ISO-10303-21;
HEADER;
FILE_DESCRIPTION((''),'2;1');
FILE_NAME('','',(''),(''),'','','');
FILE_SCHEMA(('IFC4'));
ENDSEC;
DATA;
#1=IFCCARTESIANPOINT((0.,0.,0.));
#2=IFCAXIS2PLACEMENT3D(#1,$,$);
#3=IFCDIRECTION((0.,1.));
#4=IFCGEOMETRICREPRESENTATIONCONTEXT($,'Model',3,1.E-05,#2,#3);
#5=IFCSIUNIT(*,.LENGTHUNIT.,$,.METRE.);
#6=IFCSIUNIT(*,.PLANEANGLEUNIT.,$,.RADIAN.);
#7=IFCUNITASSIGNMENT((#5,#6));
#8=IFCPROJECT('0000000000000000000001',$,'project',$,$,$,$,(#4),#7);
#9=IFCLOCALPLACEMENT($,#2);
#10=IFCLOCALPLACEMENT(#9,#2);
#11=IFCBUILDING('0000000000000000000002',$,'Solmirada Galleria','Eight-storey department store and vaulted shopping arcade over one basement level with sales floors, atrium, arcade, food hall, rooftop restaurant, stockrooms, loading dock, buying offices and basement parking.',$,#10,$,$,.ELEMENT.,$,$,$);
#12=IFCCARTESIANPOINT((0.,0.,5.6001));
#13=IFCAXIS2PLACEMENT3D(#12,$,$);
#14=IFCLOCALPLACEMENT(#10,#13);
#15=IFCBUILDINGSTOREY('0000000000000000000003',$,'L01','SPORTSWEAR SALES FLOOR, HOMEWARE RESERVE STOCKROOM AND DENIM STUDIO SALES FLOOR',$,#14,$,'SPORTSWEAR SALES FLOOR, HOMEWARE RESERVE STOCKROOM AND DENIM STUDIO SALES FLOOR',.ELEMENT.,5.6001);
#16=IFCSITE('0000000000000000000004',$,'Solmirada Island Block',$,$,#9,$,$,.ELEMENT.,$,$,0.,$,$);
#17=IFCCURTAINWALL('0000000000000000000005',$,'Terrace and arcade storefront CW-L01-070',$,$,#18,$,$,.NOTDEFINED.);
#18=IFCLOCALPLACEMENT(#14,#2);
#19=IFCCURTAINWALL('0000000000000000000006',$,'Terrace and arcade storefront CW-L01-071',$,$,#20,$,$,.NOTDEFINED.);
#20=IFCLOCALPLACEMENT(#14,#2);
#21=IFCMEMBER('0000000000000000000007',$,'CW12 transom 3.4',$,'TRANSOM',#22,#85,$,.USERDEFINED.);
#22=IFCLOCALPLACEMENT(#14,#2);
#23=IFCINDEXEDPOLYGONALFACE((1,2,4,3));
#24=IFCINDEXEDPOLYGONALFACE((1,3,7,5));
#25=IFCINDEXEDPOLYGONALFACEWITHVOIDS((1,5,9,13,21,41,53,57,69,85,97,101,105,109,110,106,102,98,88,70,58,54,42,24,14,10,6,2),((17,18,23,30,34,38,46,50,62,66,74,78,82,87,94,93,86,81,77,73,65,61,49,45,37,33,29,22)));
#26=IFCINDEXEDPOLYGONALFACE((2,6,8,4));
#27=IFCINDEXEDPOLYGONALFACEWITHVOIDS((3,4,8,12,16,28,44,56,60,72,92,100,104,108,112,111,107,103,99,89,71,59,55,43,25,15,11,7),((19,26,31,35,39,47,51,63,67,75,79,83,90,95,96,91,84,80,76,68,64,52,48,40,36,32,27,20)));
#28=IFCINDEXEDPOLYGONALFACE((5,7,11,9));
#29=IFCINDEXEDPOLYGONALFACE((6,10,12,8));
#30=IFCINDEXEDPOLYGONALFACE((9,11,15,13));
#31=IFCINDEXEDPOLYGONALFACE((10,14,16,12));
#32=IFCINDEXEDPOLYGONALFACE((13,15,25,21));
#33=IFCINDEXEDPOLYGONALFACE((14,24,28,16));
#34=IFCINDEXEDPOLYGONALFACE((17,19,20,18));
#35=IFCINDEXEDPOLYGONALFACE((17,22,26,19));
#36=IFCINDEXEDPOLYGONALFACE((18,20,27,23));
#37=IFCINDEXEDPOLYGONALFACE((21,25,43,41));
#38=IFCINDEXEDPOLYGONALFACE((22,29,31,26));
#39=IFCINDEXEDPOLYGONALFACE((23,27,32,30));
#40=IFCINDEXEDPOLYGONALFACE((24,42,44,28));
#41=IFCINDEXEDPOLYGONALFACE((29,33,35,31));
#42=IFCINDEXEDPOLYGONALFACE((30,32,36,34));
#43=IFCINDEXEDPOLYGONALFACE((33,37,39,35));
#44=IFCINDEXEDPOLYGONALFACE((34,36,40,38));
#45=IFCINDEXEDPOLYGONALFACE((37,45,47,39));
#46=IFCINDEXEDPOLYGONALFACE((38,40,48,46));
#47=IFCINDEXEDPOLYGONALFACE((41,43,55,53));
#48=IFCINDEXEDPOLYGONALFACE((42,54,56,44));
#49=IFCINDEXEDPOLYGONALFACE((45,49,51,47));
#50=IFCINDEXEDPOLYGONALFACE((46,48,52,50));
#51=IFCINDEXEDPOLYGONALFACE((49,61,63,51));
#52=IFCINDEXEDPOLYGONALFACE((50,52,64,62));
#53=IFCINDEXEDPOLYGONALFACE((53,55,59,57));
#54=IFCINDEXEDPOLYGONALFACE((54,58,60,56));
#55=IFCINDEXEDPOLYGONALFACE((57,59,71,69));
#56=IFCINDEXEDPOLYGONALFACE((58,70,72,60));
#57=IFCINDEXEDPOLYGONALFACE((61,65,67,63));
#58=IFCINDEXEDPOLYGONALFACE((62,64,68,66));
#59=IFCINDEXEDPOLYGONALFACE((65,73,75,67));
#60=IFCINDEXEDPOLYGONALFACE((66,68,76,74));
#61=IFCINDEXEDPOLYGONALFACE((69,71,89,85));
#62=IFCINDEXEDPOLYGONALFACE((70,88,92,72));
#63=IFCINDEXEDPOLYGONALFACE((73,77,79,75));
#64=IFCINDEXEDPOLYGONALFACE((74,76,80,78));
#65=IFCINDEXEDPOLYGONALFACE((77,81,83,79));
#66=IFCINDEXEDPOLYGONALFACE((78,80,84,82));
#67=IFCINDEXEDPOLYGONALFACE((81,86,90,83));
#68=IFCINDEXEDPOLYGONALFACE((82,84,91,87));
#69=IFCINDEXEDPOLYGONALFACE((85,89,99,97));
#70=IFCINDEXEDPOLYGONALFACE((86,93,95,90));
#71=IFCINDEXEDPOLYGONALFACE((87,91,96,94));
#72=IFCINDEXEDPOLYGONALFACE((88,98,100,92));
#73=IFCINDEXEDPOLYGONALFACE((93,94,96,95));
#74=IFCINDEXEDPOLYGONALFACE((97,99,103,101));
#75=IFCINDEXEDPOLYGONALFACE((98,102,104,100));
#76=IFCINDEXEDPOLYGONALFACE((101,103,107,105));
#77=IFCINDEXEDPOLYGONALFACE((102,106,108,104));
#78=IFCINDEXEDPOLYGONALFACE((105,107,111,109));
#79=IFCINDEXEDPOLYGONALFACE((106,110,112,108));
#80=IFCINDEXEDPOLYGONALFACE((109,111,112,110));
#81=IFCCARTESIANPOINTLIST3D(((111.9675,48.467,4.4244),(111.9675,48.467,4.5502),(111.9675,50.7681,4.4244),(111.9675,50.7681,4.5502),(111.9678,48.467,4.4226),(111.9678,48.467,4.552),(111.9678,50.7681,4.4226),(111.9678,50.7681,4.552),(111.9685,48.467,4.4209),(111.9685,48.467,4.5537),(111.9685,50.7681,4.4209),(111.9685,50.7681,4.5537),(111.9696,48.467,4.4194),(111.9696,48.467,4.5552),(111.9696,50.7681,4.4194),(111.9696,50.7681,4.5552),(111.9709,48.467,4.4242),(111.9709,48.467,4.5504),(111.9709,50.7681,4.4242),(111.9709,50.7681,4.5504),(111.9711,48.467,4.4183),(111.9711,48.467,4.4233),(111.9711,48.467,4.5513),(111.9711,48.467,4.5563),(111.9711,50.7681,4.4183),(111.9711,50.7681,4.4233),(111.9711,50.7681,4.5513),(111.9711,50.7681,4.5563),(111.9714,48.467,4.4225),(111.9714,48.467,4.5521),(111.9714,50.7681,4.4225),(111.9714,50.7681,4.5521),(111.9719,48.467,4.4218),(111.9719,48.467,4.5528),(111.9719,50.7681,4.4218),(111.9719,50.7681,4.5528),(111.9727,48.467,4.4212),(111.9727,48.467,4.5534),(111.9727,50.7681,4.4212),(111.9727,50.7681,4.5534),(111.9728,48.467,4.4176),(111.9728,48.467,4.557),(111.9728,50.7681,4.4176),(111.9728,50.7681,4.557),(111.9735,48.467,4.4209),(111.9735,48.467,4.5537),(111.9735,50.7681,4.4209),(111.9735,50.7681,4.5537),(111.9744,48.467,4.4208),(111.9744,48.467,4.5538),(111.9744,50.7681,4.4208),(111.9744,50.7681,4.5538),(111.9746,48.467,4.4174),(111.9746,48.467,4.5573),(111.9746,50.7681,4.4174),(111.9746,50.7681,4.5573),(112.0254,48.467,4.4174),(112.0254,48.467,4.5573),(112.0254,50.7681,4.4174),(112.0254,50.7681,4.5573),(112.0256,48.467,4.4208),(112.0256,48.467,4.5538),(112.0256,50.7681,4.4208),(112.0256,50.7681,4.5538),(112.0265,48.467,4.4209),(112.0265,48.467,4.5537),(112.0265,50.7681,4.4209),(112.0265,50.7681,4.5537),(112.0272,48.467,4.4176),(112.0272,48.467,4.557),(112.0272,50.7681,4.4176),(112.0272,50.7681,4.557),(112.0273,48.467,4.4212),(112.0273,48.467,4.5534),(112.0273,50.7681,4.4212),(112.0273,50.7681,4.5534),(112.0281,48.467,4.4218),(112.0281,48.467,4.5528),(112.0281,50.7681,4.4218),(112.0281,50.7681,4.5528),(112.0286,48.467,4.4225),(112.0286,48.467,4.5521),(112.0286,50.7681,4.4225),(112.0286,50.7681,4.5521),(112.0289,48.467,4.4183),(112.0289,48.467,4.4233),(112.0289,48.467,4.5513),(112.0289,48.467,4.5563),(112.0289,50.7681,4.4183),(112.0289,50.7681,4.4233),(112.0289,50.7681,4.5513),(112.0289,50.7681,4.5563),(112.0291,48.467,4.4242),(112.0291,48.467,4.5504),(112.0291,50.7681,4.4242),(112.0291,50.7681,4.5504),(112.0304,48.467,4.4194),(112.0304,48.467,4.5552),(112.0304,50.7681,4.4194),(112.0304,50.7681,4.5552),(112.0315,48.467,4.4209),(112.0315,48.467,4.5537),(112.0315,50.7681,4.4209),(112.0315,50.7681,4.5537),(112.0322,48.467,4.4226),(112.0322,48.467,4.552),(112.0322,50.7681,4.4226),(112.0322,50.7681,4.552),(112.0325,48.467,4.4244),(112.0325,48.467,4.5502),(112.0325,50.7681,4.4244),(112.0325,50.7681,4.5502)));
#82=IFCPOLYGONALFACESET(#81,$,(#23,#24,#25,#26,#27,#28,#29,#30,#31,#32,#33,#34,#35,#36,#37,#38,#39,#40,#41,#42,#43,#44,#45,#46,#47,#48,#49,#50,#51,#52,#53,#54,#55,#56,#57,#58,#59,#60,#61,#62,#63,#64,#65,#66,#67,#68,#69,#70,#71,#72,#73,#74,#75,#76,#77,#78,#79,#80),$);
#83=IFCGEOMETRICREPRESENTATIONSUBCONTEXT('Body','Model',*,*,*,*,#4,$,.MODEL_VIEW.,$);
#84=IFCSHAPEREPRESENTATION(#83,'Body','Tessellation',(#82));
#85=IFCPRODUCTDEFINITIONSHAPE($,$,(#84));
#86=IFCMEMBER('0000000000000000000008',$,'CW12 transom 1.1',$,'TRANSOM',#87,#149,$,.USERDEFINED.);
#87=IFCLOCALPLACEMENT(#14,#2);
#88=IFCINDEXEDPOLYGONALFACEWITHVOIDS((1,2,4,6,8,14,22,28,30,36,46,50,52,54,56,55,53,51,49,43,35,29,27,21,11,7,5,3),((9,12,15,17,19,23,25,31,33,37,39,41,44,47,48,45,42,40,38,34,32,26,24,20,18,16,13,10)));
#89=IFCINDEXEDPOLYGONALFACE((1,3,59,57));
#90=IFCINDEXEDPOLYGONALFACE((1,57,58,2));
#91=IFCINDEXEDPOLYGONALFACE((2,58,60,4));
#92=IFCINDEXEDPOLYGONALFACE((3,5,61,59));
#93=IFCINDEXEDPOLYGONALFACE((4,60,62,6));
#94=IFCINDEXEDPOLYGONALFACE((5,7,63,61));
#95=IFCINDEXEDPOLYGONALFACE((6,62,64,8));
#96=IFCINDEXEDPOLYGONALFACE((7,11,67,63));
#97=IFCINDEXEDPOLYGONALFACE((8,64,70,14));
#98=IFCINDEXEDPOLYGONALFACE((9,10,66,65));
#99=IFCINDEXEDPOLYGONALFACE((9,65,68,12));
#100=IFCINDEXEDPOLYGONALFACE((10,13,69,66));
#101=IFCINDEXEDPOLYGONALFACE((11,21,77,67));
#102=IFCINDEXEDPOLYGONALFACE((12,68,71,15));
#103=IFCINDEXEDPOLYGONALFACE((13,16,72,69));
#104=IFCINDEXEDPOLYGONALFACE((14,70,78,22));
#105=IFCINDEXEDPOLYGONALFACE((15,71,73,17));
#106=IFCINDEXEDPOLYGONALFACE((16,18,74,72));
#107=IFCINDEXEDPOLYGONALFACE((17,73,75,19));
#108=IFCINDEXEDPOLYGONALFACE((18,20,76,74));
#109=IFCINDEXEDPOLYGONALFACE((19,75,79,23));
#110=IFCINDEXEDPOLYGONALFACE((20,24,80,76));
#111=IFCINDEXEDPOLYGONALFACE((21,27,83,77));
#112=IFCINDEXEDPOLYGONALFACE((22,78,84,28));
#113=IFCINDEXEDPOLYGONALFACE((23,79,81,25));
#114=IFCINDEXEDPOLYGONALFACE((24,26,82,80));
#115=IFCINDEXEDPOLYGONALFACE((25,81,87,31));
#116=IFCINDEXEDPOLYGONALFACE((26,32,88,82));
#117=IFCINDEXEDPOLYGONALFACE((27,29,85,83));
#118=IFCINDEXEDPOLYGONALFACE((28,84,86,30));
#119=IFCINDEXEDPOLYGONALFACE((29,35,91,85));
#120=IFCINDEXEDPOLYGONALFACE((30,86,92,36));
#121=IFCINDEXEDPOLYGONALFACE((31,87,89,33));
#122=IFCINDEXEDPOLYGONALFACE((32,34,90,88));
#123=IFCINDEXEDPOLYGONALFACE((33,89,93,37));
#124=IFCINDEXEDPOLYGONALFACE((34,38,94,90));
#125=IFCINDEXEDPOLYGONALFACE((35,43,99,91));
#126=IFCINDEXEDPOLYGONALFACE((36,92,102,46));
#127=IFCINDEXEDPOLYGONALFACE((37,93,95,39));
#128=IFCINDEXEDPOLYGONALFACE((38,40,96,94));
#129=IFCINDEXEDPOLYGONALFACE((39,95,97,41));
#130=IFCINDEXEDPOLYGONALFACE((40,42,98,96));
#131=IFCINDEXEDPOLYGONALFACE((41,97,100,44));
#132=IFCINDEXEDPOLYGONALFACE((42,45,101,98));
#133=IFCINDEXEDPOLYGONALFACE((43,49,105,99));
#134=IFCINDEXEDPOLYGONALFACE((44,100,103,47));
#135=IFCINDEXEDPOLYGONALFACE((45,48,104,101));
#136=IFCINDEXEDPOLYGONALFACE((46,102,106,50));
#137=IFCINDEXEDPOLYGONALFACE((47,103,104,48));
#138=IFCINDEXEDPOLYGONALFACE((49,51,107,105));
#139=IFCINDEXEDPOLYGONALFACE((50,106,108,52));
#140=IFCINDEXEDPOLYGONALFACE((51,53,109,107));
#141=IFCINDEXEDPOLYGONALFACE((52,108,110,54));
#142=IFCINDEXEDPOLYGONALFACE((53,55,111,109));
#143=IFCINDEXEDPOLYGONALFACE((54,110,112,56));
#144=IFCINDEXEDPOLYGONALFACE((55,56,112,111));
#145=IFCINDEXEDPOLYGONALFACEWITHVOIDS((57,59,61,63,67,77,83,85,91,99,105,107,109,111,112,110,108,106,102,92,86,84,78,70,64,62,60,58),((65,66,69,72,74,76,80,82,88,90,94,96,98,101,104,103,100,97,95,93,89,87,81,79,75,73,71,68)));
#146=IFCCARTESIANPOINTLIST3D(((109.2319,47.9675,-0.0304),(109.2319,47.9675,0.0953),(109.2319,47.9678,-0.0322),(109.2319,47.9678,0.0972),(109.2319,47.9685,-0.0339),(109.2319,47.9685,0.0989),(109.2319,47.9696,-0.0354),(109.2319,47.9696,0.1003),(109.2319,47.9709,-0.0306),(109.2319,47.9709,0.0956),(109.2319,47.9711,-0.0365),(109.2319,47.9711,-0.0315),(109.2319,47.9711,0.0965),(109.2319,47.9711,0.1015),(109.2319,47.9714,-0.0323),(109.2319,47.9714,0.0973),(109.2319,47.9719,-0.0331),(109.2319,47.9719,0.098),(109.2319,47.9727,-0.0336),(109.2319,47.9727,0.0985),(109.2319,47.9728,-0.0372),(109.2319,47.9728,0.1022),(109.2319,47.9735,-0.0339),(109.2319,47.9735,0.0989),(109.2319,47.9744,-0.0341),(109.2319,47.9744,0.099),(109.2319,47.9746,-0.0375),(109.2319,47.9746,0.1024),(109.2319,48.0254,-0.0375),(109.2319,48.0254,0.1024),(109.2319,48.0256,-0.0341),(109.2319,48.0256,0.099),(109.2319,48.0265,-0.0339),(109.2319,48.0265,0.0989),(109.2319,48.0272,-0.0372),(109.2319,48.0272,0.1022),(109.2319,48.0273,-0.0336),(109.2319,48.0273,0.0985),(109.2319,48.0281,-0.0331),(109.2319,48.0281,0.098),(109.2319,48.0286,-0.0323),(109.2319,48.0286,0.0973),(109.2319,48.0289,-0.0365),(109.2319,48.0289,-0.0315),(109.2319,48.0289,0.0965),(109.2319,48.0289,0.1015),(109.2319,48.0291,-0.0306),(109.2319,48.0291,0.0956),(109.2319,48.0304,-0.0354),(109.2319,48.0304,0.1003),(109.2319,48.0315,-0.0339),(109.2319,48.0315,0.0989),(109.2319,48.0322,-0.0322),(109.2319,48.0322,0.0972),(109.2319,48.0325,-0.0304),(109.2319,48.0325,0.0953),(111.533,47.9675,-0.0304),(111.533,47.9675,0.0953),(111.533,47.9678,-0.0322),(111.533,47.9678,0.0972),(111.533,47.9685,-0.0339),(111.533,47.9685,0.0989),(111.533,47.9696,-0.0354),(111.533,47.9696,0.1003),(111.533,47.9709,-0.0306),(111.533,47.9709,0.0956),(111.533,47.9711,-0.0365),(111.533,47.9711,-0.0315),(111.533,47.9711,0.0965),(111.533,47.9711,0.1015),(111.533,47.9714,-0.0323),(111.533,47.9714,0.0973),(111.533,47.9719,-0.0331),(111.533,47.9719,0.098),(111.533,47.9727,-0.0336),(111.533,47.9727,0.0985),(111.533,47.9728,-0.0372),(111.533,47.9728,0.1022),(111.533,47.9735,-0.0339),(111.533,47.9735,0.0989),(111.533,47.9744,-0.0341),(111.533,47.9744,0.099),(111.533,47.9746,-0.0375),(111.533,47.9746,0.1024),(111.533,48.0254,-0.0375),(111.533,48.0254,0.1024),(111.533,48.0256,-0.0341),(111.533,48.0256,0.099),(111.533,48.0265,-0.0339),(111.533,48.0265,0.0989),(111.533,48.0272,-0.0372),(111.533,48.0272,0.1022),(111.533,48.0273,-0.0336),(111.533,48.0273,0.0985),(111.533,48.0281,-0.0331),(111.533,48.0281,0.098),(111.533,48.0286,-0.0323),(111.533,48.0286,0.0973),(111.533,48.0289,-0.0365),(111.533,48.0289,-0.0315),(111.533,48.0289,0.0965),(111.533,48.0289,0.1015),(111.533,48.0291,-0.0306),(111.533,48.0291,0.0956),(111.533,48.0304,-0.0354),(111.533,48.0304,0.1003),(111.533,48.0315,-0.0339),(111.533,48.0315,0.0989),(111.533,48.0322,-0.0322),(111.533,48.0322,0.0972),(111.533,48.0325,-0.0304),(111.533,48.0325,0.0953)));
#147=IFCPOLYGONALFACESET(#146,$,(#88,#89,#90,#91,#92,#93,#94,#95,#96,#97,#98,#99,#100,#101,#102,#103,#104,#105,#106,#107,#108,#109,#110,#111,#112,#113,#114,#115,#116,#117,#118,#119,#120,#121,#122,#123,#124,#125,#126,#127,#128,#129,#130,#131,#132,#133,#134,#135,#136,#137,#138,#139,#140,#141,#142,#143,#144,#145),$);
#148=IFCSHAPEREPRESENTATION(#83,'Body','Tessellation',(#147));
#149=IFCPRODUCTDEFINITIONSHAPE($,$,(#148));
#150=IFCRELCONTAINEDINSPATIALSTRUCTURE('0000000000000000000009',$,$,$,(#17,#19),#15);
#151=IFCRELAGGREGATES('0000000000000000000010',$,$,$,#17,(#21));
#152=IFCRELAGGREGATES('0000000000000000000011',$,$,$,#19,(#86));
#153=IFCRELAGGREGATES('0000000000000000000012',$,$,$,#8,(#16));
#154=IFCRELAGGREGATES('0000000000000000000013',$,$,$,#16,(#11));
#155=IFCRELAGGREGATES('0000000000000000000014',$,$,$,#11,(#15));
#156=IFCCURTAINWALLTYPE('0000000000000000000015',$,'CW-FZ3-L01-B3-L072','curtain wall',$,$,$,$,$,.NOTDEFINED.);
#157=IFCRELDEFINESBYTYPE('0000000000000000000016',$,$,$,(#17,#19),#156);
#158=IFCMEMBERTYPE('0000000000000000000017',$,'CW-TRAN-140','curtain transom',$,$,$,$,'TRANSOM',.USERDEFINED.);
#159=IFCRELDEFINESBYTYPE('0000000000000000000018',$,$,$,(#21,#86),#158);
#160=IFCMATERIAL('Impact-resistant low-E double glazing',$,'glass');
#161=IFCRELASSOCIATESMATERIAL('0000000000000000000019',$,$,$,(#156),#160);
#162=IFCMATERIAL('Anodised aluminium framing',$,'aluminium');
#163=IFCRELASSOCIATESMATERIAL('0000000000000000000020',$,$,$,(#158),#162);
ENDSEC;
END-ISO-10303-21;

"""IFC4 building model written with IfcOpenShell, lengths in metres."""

from ifc_helpers import new_model, si_unit, direction, frame, origin, origin_2d, place, context, subcontext, project, spatial, hollow_rectangle, extrude, material, material_profile, profile_set, type_object, element, aggregate, save


model = new_model("IFC4")

# Units and contexts
model_context = context("Model", 3, precision=1e-05, world=origin(), true_north=direction((0.0, 1.0)))
body_context = subcontext(model_context, "Body", "Model", "MODEL_VIEW")
ifc_project = project(units=[si_unit("LENGTHUNIT", "METRE"), si_unit("PLANEANGLEUNIT", "RADIAN")], contexts=[model_context])

# Site, building, storey
site_placement = place(None, origin())
site = spatial("IfcSite", under=ifc_project, at=site_placement, Name="Solmirada Island Block", CompositionType="ELEMENT", RefElevation=0.0)
building_placement = place(site_placement, origin())
building = spatial("IfcBuilding", under=site, at=building_placement, Name="Solmirada Galleria", Description="Eight-storey department store and vaulted shopping arcade over one basement level with sales floors, atrium, arcade, food hall, rooftop restaurant, stockrooms, loading dock, buying offices and basement parking.", CompositionType="ELEMENT")
storey_placement = place(building_placement, frame((0.0, 0.0, 5.6001)))
storey = spatial("IfcBuildingStorey", under=building, at=storey_placement, Name="L01", Description="SPORTSWEAR SALES FLOOR, HOMEWARE RESERVE STOCKROOM AND DENIM STUDIO SALES FLOOR", LongName="SPORTSWEAR SALES FLOOR, HOMEWARE RESERVE STOCKROOM AND DENIM STUDIO SALES FLOOR", CompositionType="ELEMENT", Elevation=5.6001)

# Curtain walls
ifc_material_1 = material(Name="Impact-resistant low-E double glazing", Category="glass")
curtain_wall_type = type_object("IfcCurtainWallType", Name="CW-FZ3-L01-B3-L072", Description="curtain wall", PredefinedType="NOTDEFINED", material=ifc_material_1)
curtain_wall_1_placement = place(storey_placement, origin())
curtain_wall_1 = element("IfcCurtainWall", 1, at=curtain_wall_1_placement, inside=storey, type_object=curtain_wall_type, Name="Terrace and arcade storefront CW-L01-070", PredefinedType="NOTDEFINED")
ifc_material_2 = material(Name="Anodised aluminium framing", Category="aluminium")
curtain_wall_2_placement = place(storey_placement, origin())
curtain_wall_2 = element("IfcCurtainWall", 2, at=curtain_wall_2_placement, inside=storey, type_object=curtain_wall_type, Name="Terrace and arcade storefront CW-L01-071", PredefinedType="NOTDEFINED")

# Members
ifc_material_profile_1 = material_profile(ifc_material_2, hollow_rectangle(XDim=0.0649, YDim=0.1399, WallThickness=0.0034, InnerFilletRadius=0.0034, OuterFilletRadius=0.0071, at=origin_2d()), Name="ALU-TRAN-140X65")
ifc_profile_set_1 = profile_set([ifc_material_profile_1], Name="Anodised aluminium framing")
member_type_1 = type_object("IfcMemberType", Name="CW-TRAN-140", Description="curtain transom", ElementType="TRANSOM", PredefinedType="USERDEFINED", material=ifc_profile_set_1)
member_1_placement = place(storey_placement, frame((112.0, 50.7681, 4.4873), z_axis=(0.0, -1.0, 0.0), x_axis=(1.0, 0.0, 0.0)))
member_1 = element("IfcMember", 3, at=member_1_placement, type_object=member_type_1, Name="CW12 transom 3.4", ObjectType="TRANSOM", PredefinedType="USERDEFINED", context=body_context, shape_type="SweptSolid", body=[
    extrude(hollow_rectangle(XDim=0.0649, YDim=0.1399, WallThickness=0.0034, InnerFilletRadius=0.0034, OuterFilletRadius=0.0071, at=origin_2d()), origin(), (0.0, 0.0, 1.0), 2.301),
])
member_2_placement = place(storey_placement, frame((111.533, 48.0, 0.0325), z_axis=(-1.0, 0.0, 0.0), x_axis=(0.0, -1.0, 0.0)))
member_2 = element("IfcMember", 4, at=member_2_placement, type_object=member_type_1, Name="CW12 transom 1.1", ObjectType="TRANSOM", PredefinedType="USERDEFINED", context=body_context, shape_type="SweptSolid", body=[
    extrude(hollow_rectangle(XDim=0.0649, YDim=0.1399, WallThickness=0.0034, InnerFilletRadius=0.0034, OuterFilletRadius=0.0071, at=origin_2d()), origin(), (0.0, 0.0, 1.0), 2.301),
])

aggregate(curtain_wall_1, [member_1])
aggregate(curtain_wall_2, [member_2])

save(model, "model.ifc")
